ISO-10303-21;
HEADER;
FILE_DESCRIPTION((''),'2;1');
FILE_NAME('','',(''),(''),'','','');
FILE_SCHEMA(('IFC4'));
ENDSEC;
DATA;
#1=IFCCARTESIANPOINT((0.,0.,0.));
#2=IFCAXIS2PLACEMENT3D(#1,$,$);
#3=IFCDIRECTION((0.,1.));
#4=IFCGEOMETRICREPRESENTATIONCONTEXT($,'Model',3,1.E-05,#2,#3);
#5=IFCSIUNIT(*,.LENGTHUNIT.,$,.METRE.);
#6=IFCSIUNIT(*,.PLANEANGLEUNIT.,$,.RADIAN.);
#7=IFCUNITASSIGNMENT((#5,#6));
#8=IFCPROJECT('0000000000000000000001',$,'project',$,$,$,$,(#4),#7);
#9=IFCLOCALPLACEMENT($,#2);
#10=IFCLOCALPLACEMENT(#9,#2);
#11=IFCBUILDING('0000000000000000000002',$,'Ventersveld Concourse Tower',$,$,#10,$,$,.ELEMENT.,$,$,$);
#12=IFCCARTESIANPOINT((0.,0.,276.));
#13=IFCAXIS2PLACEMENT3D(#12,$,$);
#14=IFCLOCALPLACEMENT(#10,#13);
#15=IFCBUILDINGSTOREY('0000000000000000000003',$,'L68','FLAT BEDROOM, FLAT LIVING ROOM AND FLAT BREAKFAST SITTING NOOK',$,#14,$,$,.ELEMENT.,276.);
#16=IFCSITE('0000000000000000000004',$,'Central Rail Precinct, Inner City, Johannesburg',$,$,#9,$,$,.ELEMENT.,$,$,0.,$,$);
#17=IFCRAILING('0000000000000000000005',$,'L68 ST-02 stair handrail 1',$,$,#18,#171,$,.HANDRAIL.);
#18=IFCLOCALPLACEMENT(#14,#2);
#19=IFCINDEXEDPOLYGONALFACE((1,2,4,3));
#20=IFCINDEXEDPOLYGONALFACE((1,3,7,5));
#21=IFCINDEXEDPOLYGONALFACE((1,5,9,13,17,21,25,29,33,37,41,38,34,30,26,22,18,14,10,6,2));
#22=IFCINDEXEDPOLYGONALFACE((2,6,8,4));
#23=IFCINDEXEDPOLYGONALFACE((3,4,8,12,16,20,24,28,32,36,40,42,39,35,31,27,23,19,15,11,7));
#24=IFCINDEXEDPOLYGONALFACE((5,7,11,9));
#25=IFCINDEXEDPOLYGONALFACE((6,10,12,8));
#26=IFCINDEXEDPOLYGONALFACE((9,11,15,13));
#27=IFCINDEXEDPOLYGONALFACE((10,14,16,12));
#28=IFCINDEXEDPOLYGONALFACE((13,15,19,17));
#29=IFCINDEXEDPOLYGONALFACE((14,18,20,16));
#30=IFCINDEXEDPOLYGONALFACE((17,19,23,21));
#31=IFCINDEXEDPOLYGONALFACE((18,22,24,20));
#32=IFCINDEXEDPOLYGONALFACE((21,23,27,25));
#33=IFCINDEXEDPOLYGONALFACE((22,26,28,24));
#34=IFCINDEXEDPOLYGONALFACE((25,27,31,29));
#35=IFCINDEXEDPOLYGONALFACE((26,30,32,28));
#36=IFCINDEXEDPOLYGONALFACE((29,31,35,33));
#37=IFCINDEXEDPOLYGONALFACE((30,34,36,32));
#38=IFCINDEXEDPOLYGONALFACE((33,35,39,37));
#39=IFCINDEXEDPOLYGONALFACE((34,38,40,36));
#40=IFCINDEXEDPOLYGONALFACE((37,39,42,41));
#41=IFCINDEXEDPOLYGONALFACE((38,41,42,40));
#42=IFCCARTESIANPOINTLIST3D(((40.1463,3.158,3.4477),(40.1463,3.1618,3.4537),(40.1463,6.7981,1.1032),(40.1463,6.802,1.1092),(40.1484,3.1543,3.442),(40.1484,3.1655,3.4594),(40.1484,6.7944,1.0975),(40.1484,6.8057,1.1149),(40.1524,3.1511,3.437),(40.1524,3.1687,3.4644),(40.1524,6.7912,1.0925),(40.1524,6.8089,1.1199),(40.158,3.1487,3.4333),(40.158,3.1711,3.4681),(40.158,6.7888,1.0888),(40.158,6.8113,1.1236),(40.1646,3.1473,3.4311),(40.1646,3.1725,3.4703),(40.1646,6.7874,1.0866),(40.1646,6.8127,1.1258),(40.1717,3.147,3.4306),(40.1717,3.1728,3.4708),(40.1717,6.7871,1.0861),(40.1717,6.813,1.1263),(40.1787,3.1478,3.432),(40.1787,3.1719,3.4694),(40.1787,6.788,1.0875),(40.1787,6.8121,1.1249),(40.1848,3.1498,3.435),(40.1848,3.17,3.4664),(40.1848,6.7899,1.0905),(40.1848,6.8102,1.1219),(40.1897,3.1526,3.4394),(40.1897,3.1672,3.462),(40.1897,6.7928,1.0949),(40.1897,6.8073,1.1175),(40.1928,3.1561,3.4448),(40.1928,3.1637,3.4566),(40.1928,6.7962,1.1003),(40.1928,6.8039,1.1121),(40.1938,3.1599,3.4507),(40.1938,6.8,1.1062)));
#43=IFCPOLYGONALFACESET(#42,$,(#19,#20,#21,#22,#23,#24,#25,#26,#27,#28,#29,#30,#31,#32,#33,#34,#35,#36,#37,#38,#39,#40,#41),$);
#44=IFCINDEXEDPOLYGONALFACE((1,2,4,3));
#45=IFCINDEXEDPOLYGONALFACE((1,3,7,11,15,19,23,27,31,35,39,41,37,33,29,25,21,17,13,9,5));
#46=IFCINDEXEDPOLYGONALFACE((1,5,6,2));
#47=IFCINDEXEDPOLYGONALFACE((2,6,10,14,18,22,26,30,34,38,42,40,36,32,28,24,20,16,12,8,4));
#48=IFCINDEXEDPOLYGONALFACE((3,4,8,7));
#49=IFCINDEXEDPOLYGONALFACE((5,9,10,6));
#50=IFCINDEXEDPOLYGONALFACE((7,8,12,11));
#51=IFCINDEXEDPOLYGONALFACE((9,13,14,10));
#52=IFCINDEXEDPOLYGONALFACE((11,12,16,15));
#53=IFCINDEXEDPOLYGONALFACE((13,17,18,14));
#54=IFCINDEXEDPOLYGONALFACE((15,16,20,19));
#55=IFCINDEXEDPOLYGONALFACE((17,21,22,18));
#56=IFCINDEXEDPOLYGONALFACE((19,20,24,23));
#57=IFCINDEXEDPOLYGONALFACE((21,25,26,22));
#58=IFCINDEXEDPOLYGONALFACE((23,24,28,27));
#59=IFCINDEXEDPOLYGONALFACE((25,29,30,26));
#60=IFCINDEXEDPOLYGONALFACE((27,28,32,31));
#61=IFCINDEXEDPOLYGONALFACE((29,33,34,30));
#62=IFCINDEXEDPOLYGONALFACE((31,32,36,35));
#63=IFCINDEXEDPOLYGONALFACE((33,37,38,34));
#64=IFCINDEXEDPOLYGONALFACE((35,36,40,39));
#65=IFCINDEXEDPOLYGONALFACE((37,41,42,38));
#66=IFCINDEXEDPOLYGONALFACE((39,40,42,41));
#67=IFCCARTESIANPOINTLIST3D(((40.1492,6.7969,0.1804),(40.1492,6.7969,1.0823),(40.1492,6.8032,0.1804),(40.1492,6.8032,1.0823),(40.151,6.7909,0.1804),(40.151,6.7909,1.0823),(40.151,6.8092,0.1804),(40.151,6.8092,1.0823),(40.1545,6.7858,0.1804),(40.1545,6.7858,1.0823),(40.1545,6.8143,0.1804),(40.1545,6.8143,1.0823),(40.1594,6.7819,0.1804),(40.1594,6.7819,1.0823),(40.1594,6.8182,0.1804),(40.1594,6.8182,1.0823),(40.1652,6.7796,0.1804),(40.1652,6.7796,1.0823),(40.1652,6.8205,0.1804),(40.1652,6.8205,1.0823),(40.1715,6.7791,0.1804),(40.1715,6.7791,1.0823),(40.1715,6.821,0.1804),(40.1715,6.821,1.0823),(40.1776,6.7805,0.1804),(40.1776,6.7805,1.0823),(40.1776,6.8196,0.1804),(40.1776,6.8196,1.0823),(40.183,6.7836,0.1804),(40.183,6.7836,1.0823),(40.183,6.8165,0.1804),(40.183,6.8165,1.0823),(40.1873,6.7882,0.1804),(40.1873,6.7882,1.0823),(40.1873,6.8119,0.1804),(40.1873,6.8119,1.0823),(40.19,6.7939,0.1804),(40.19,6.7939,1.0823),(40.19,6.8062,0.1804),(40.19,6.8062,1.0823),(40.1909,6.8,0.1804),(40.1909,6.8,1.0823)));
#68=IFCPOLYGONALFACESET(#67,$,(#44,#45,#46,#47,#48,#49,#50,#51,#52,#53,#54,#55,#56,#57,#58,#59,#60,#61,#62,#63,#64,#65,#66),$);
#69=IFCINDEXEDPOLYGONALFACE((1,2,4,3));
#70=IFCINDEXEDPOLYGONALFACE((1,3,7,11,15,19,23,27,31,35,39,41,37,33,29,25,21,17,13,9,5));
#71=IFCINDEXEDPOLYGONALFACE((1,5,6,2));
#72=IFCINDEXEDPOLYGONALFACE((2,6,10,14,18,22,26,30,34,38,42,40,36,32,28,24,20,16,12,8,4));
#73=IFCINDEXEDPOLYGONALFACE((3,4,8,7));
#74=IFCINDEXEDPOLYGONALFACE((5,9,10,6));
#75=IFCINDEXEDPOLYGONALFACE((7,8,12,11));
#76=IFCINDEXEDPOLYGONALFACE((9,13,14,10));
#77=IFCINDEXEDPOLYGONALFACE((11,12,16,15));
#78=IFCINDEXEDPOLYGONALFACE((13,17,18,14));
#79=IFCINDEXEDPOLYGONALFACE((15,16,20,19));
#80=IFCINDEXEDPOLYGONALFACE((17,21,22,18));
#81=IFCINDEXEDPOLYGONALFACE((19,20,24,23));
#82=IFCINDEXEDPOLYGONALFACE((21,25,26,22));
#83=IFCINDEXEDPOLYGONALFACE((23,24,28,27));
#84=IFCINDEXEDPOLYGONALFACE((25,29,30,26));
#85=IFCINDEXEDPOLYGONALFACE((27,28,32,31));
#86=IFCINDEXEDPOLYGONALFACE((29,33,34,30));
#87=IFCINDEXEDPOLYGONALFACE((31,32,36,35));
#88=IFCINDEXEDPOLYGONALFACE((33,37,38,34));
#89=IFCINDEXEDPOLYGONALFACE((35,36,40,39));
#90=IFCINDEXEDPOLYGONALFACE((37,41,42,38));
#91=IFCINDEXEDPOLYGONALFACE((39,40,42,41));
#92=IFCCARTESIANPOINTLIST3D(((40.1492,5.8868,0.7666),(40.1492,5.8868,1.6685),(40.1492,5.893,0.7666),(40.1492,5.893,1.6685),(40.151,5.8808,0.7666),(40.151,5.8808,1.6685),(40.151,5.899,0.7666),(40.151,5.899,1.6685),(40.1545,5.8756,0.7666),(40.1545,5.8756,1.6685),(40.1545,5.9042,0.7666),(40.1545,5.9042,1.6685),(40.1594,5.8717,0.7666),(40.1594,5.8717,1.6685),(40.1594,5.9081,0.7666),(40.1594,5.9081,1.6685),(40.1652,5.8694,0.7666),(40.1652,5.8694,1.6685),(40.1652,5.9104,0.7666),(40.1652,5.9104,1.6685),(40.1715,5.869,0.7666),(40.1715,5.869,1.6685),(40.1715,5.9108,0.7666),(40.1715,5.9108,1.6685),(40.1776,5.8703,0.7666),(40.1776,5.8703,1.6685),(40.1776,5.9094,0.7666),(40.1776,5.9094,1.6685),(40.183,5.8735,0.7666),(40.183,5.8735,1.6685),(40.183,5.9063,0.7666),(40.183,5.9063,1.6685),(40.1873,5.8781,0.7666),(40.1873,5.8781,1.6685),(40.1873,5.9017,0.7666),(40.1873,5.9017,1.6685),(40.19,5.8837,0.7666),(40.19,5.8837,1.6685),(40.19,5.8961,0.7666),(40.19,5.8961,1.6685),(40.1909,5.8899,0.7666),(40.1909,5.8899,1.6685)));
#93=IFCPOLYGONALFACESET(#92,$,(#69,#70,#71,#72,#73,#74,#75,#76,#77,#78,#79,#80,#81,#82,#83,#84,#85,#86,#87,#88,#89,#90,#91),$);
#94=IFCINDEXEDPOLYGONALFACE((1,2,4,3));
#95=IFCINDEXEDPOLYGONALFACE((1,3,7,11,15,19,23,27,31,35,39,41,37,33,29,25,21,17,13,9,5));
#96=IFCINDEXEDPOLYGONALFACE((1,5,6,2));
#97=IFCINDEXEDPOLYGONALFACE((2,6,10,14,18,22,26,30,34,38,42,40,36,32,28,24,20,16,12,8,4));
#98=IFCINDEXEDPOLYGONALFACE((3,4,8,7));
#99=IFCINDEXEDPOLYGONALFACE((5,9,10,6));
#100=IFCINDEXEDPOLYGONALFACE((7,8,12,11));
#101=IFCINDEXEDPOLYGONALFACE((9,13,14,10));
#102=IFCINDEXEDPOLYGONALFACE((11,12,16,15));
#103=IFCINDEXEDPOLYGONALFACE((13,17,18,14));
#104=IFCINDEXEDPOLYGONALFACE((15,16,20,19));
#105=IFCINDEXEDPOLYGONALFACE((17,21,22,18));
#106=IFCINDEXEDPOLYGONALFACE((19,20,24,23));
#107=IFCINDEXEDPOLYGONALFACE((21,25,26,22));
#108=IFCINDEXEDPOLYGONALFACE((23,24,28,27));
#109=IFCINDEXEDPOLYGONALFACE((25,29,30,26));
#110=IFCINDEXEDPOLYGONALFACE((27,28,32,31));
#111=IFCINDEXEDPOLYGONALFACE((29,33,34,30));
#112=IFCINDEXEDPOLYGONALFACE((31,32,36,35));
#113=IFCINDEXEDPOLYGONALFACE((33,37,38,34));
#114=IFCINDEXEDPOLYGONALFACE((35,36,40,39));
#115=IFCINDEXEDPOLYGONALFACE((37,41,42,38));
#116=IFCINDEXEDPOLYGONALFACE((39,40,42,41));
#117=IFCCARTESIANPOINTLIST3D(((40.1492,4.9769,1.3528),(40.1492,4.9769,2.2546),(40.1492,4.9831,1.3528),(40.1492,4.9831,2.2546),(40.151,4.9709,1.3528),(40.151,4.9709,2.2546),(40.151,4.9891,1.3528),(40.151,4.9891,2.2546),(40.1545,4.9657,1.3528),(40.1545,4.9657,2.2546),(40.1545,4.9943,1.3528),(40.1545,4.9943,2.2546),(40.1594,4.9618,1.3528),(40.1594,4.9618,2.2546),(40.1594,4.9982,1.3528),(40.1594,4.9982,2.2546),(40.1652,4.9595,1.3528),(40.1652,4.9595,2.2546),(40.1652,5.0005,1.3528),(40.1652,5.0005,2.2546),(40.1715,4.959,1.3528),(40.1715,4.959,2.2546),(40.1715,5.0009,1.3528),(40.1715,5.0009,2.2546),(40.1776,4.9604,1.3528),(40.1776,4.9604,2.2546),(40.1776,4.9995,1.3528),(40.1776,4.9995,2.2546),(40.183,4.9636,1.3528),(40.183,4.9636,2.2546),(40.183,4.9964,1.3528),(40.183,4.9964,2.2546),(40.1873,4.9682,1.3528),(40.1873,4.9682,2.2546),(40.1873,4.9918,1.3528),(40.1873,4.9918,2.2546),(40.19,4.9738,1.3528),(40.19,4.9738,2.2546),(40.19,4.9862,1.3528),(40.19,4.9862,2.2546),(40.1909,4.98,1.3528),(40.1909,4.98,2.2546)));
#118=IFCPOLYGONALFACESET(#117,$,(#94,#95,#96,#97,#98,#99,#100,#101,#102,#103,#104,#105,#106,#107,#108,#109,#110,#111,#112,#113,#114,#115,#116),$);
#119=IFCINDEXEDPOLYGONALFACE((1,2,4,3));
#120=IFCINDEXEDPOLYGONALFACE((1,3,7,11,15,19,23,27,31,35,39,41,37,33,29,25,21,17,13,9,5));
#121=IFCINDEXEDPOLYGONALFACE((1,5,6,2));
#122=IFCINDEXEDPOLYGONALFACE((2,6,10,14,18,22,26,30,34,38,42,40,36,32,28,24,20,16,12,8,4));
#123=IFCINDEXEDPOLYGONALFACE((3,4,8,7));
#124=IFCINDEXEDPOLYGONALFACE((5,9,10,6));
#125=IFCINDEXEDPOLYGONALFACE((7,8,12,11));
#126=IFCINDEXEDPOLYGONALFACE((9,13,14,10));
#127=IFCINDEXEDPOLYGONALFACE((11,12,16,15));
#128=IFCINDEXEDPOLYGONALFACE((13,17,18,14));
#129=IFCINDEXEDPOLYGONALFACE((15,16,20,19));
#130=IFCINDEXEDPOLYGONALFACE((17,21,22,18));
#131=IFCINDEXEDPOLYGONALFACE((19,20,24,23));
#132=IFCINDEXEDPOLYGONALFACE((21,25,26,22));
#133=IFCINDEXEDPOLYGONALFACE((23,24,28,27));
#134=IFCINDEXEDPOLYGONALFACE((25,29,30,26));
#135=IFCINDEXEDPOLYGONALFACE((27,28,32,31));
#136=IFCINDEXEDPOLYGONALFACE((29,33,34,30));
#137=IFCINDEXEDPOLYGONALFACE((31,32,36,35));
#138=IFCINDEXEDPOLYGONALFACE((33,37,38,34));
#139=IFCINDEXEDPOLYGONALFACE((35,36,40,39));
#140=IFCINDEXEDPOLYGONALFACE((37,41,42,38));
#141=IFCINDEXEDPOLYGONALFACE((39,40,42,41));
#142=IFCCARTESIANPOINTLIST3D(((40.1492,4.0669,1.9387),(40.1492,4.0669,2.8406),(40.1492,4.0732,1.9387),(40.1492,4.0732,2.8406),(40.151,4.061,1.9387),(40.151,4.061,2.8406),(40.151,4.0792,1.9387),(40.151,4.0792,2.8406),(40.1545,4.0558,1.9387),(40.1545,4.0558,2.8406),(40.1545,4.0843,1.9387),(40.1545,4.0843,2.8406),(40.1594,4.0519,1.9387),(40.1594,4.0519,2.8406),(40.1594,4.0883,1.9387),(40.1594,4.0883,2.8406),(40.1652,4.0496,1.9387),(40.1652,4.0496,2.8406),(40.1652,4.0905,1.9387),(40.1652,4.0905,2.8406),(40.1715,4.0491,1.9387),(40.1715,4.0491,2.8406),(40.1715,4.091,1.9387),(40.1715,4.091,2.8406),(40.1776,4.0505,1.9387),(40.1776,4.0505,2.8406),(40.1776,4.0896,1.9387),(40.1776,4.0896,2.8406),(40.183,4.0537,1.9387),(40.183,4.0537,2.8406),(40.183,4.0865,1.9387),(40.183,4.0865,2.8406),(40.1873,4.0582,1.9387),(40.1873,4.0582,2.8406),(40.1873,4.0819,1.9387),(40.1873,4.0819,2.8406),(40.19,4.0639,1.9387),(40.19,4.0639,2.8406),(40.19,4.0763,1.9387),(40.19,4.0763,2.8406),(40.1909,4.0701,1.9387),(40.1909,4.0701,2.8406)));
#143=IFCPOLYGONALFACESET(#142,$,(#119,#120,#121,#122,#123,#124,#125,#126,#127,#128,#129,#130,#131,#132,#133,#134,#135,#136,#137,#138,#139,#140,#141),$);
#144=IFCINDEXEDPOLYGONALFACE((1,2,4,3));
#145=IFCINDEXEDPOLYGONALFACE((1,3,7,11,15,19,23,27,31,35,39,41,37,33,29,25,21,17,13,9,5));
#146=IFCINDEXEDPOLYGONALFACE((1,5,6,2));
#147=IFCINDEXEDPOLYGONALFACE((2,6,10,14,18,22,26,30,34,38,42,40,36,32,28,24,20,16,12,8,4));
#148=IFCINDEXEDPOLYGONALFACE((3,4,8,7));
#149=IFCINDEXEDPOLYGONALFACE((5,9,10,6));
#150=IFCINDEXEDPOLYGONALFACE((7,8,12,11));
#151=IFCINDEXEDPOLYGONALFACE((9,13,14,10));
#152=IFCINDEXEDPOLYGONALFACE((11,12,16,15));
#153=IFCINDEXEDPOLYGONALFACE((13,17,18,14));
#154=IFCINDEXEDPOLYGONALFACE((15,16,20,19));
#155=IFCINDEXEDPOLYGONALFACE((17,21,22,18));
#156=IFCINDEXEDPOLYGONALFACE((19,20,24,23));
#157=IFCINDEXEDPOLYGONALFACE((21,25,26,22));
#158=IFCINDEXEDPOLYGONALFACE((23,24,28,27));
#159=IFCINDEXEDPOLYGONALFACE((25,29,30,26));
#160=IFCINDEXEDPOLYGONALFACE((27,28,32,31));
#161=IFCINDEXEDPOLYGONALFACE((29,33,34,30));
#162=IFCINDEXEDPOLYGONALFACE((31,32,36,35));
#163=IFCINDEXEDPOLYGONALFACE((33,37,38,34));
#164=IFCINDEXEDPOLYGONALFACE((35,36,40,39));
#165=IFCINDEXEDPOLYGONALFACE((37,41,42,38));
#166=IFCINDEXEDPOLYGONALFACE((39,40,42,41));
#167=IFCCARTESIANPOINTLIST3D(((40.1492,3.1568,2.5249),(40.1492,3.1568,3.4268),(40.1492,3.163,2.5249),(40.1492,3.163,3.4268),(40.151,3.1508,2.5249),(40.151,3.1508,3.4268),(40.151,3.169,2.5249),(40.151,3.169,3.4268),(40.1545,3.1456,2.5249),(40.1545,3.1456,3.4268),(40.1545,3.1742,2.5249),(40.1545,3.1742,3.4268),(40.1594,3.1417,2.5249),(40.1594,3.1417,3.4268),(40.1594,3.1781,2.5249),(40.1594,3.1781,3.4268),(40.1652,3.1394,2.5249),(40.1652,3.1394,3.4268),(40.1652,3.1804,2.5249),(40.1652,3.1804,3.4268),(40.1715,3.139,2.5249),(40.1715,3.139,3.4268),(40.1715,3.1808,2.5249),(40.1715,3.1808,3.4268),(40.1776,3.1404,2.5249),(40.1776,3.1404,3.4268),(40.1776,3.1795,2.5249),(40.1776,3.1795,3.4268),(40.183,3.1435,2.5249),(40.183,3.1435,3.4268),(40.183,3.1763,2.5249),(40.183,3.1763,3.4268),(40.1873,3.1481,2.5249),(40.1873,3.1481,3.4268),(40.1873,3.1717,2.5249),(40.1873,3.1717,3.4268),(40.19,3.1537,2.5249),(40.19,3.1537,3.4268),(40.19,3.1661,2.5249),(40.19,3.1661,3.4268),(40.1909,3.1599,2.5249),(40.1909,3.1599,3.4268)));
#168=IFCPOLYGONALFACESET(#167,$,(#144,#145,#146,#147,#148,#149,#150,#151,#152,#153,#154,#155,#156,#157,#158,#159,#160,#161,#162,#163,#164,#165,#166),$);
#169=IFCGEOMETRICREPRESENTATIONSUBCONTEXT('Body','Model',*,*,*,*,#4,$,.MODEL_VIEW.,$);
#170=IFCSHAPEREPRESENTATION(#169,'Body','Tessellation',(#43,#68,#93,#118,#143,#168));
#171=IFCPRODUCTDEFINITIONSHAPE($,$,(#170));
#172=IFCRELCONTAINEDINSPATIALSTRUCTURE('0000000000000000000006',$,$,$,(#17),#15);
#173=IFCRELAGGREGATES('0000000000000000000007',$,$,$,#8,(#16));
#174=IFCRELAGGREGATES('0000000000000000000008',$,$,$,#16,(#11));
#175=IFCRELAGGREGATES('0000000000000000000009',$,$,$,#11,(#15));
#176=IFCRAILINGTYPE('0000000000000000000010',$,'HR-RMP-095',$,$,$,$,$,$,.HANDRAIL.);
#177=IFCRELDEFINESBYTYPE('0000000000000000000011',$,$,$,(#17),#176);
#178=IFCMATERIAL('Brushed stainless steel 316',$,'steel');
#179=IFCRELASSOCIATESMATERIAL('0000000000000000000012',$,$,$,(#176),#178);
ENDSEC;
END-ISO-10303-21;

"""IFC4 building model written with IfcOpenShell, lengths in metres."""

from ifc_helpers import new_model, si_unit, direction, frame, origin, origin_2d, place, context, subcontext, project, spatial, circle, extrude, material, type_object, element, save


model = new_model("IFC4")

# Units and contexts
model_context = context("Model", 3, precision=1e-05, world=origin(), true_north=direction((0.0, 1.0)))
body_context = subcontext(model_context, "Body", "Model", "MODEL_VIEW")
ifc_project = project(units=[si_unit("LENGTHUNIT", "METRE"), si_unit("PLANEANGLEUNIT", "RADIAN")], contexts=[model_context])

# Site, building, storey
site_placement = place(None, origin())
site = spatial("IfcSite", under=ifc_project, at=site_placement, Name="Central Rail Precinct, Inner City, Johannesburg", CompositionType="ELEMENT", RefElevation=0.0)
building_placement = place(site_placement, origin())
building = spatial("IfcBuilding", under=site, at=building_placement, Name="Ventersveld Concourse Tower", CompositionType="ELEMENT")
storey_placement = place(building_placement, frame((0.0, 0.0, 276.0)))
storey = spatial("IfcBuildingStorey", under=building, at=storey_placement, Name="L68", Description="FLAT BEDROOM, FLAT LIVING ROOM AND FLAT BREAKFAST SITTING NOOK", CompositionType="ELEMENT", Elevation=276.0)

# Railing
ifc_material_1 = material(Name="Brushed stainless steel 316", Category="steel")
railing_type_1 = type_object("IfcRailingType", Name="HR-RMP-095", PredefinedType="HANDRAIL", material=ifc_material_1)
railing_1_placement = place(storey_placement, frame((40.1699, 6.8, 0.1804)))
element("IfcRailing", 1, at=railing_1_placement, inside=storey, type_object=railing_type_1, Name="L68 ST-02 stair handrail 1", PredefinedType="HANDRAIL", context=body_context, shape_type="SweptSolid", body=[
    extrude(circle(Radius=0.0239, at=origin_2d()), frame((0.0, 0.0, 0.9258), z_axis=(0.0, -0.840716, 0.541476), x_axis=(1.0, 0.0, 0.0)), (0.0, 0.0, 1.0), 4.3298),
    extrude(circle(Radius=0.021, at=origin_2d()), origin(), (0.0, 0.0, 1.0), 0.9019),
    extrude(circle(Radius=0.021, at=origin_2d()), frame((0.0, -0.9102, 0.5862)), (0.0, 0.0, 1.0), 0.9019),
    extrude(circle(Radius=0.021, at=origin_2d()), frame((0.0, -1.8201, 1.1724)), (0.0, 0.0, 1.0), 0.9019),
    extrude(circle(Radius=0.021, at=origin_2d()), frame((0.0, -2.73, 1.7583)), (0.0, 0.0, 1.0), 0.9019),
    extrude(circle(Radius=0.021, at=origin_2d()), frame((0.0, -3.6401, 2.3445)), (0.0, 0.0, 1.0), 0.9019),
])

save(model, "model.ifc")
